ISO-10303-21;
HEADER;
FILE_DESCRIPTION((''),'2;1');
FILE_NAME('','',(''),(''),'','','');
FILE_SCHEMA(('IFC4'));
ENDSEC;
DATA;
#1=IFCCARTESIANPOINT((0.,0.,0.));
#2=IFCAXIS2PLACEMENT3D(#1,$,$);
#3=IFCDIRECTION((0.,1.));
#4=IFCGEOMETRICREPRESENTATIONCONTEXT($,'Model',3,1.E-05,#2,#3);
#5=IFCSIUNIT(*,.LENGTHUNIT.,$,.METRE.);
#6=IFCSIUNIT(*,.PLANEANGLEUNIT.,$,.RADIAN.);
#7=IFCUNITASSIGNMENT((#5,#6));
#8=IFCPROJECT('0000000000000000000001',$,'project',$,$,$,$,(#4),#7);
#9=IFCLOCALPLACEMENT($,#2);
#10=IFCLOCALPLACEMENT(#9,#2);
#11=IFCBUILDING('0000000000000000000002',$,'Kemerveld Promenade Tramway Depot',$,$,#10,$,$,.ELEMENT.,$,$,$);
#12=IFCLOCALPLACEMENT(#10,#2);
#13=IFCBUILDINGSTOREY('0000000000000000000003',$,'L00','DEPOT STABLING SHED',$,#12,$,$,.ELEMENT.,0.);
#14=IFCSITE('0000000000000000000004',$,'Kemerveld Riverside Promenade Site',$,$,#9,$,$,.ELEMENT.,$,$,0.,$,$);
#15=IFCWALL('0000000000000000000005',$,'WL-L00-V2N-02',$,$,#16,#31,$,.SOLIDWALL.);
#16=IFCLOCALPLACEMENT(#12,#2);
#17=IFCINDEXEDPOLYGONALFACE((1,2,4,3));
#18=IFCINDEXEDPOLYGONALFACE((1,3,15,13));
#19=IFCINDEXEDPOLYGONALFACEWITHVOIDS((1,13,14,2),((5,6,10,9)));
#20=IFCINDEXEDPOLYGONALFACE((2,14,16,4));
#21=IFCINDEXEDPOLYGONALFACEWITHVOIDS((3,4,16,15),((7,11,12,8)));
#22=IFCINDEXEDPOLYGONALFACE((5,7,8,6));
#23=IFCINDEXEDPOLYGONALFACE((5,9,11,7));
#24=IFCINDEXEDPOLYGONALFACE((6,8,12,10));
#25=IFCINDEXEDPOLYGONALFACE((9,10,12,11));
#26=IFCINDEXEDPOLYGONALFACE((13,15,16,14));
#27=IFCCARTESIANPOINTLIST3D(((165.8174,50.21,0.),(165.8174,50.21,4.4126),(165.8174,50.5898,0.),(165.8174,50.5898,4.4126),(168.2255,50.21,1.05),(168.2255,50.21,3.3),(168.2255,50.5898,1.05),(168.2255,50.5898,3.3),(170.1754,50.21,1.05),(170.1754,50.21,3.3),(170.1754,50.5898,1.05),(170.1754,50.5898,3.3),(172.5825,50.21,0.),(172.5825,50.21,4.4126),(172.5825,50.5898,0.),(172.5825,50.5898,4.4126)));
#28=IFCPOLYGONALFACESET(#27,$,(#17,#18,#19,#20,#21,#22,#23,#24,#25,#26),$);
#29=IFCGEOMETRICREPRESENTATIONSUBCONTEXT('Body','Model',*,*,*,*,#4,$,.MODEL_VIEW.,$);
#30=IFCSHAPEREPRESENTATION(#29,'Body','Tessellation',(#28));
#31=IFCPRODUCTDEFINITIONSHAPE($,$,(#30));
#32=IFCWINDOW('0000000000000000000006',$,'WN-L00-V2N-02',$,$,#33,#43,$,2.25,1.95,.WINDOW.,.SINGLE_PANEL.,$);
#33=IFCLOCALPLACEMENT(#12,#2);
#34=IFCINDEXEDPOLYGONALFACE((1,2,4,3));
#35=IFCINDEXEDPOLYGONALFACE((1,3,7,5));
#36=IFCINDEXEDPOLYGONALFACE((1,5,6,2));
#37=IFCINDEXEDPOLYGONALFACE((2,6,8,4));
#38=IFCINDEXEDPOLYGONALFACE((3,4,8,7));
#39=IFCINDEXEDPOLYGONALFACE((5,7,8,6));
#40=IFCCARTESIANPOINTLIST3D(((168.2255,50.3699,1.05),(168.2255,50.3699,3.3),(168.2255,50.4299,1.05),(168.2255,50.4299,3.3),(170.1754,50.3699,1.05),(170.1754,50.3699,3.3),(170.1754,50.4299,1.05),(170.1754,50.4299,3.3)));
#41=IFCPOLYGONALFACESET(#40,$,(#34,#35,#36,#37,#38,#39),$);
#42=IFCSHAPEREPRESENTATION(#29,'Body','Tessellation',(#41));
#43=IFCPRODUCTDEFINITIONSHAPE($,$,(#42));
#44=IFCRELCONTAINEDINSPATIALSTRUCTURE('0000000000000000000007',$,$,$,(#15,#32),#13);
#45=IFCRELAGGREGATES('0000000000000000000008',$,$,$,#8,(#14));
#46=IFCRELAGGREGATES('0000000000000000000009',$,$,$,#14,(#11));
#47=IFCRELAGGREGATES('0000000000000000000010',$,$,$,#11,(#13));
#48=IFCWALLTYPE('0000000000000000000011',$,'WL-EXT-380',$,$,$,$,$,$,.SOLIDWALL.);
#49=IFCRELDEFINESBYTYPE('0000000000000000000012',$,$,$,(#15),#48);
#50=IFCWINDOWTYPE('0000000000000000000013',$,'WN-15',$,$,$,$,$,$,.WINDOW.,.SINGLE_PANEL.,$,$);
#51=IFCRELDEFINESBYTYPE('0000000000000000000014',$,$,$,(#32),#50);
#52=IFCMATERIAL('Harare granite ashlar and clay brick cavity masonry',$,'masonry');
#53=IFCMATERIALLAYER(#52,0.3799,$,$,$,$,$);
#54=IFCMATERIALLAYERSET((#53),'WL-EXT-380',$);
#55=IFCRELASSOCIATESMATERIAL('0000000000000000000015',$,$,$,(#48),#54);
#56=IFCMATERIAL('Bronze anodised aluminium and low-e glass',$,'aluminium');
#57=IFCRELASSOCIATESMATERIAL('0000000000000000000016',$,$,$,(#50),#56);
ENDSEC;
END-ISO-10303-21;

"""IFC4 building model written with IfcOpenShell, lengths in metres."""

from ifc_helpers import new_model, si_unit, direction, frame, frame_2d, origin, place, context, subcontext, project, spatial, rectangle, extrude, material, layer, layer_set, type_object, element, fill, save


model = new_model("IFC4")

# Units and contexts
model_context = context("Model", 3, precision=1e-05, world=origin(), true_north=direction((0.0, 1.0)))
body_context = subcontext(model_context, "Body", "Model", "MODEL_VIEW")
ifc_project = project(units=[si_unit("LENGTHUNIT", "METRE"), si_unit("PLANEANGLEUNIT", "RADIAN")], contexts=[model_context])

# Site, building, storey
site_placement = place(None, origin())
site = spatial("IfcSite", under=ifc_project, at=site_placement, Name="Kemerveld Riverside Promenade Site", CompositionType="ELEMENT", RefElevation=0.0)
building_placement = place(site_placement, origin())
building = spatial("IfcBuilding", under=site, at=building_placement, Name="Kemerveld Promenade Tramway Depot", CompositionType="ELEMENT")
storey_placement = place(building_placement, origin())
storey = spatial("IfcBuildingStorey", under=building, at=storey_placement, Name="L00", Description="DEPOT STABLING SHED", CompositionType="ELEMENT", Elevation=0.0)

# Shared definitions
ifc_material_1 = material(Name="Harare granite ashlar and clay brick cavity masonry", Category="masonry")
ifc_layer_1 = layer(ifc_material_1, 0.3799)
ifc_layer_set_1 = layer_set([ifc_layer_1], Name="WL-EXT-380")
wall_type_1 = type_object("IfcWallType", Name="WL-EXT-380", PredefinedType="SOLIDWALL", material=ifc_layer_set_1)

# Wall, opening, window
wall_1_placement = place(storey_placement, frame((165.8174, 50.3999, 0.0), z_axis=(0.0, 0.0, 1.0), x_axis=(1.0, 0.0, 0.0)))
wall_1 = element("IfcWall", 1, at=wall_1_placement, inside=storey, type_object=wall_type_1, Name="WL-L00-V2N-02", PredefinedType="SOLIDWALL", context=body_context, shape_type="SweptSolid", body=[
    extrude(rectangle(XDim=6.7651, YDim=0.3799, at=frame_2d((3.3826, 0.0))), origin(), (0.0, 0.0, 1.0), 4.4126),
])
opening_1_placement = place(wall_1_placement, frame((2.408, 0.0, 1.05)))
opening_1 = element("IfcOpeningElement", 2, at=opening_1_placement, cuts=wall_1, PredefinedType="OPENING", context=body_context, shape_type="SweptSolid", body=[
    extrude(rectangle(XDim=1.95, YDim=2.25, at=frame_2d((0.9751, 1.125))), frame((0.0, 0.2, 0.0), z_axis=(0.0, -1.0, 0.0), x_axis=(1.0, 0.0, 0.0)), (0.0, 0.0, 1.0), 0.3999),
])
ifc_material_2 = material(Name="Bronze anodised aluminium and low-e glass", Category="aluminium")
window_type = type_object("IfcWindowType", Name="WN-15", PartitioningType="SINGLE_PANEL", PredefinedType="WINDOW", material=ifc_material_2)
window_placement = place(opening_1_placement, origin())
window = element("IfcWindow", 3, at=window_placement, inside=storey, type_object=window_type, Name="WN-L00-V2N-02", OverallHeight=2.25, OverallWidth=1.95, PartitioningType="SINGLE_PANEL", PredefinedType="WINDOW", context=body_context, shape_type="SweptSolid", body=[
    extrude(rectangle(XDim=1.95, YDim=2.25, at=frame_2d((0.9751, 1.125))), frame((0.0, 0.03, 0.0), z_axis=(0.0, -1.0, 0.0), x_axis=(1.0, 0.0, 0.0)), (0.0, 0.0, 1.0), 0.0601),
])
fill(opening_1, window)

save(model, "model.ifc")
